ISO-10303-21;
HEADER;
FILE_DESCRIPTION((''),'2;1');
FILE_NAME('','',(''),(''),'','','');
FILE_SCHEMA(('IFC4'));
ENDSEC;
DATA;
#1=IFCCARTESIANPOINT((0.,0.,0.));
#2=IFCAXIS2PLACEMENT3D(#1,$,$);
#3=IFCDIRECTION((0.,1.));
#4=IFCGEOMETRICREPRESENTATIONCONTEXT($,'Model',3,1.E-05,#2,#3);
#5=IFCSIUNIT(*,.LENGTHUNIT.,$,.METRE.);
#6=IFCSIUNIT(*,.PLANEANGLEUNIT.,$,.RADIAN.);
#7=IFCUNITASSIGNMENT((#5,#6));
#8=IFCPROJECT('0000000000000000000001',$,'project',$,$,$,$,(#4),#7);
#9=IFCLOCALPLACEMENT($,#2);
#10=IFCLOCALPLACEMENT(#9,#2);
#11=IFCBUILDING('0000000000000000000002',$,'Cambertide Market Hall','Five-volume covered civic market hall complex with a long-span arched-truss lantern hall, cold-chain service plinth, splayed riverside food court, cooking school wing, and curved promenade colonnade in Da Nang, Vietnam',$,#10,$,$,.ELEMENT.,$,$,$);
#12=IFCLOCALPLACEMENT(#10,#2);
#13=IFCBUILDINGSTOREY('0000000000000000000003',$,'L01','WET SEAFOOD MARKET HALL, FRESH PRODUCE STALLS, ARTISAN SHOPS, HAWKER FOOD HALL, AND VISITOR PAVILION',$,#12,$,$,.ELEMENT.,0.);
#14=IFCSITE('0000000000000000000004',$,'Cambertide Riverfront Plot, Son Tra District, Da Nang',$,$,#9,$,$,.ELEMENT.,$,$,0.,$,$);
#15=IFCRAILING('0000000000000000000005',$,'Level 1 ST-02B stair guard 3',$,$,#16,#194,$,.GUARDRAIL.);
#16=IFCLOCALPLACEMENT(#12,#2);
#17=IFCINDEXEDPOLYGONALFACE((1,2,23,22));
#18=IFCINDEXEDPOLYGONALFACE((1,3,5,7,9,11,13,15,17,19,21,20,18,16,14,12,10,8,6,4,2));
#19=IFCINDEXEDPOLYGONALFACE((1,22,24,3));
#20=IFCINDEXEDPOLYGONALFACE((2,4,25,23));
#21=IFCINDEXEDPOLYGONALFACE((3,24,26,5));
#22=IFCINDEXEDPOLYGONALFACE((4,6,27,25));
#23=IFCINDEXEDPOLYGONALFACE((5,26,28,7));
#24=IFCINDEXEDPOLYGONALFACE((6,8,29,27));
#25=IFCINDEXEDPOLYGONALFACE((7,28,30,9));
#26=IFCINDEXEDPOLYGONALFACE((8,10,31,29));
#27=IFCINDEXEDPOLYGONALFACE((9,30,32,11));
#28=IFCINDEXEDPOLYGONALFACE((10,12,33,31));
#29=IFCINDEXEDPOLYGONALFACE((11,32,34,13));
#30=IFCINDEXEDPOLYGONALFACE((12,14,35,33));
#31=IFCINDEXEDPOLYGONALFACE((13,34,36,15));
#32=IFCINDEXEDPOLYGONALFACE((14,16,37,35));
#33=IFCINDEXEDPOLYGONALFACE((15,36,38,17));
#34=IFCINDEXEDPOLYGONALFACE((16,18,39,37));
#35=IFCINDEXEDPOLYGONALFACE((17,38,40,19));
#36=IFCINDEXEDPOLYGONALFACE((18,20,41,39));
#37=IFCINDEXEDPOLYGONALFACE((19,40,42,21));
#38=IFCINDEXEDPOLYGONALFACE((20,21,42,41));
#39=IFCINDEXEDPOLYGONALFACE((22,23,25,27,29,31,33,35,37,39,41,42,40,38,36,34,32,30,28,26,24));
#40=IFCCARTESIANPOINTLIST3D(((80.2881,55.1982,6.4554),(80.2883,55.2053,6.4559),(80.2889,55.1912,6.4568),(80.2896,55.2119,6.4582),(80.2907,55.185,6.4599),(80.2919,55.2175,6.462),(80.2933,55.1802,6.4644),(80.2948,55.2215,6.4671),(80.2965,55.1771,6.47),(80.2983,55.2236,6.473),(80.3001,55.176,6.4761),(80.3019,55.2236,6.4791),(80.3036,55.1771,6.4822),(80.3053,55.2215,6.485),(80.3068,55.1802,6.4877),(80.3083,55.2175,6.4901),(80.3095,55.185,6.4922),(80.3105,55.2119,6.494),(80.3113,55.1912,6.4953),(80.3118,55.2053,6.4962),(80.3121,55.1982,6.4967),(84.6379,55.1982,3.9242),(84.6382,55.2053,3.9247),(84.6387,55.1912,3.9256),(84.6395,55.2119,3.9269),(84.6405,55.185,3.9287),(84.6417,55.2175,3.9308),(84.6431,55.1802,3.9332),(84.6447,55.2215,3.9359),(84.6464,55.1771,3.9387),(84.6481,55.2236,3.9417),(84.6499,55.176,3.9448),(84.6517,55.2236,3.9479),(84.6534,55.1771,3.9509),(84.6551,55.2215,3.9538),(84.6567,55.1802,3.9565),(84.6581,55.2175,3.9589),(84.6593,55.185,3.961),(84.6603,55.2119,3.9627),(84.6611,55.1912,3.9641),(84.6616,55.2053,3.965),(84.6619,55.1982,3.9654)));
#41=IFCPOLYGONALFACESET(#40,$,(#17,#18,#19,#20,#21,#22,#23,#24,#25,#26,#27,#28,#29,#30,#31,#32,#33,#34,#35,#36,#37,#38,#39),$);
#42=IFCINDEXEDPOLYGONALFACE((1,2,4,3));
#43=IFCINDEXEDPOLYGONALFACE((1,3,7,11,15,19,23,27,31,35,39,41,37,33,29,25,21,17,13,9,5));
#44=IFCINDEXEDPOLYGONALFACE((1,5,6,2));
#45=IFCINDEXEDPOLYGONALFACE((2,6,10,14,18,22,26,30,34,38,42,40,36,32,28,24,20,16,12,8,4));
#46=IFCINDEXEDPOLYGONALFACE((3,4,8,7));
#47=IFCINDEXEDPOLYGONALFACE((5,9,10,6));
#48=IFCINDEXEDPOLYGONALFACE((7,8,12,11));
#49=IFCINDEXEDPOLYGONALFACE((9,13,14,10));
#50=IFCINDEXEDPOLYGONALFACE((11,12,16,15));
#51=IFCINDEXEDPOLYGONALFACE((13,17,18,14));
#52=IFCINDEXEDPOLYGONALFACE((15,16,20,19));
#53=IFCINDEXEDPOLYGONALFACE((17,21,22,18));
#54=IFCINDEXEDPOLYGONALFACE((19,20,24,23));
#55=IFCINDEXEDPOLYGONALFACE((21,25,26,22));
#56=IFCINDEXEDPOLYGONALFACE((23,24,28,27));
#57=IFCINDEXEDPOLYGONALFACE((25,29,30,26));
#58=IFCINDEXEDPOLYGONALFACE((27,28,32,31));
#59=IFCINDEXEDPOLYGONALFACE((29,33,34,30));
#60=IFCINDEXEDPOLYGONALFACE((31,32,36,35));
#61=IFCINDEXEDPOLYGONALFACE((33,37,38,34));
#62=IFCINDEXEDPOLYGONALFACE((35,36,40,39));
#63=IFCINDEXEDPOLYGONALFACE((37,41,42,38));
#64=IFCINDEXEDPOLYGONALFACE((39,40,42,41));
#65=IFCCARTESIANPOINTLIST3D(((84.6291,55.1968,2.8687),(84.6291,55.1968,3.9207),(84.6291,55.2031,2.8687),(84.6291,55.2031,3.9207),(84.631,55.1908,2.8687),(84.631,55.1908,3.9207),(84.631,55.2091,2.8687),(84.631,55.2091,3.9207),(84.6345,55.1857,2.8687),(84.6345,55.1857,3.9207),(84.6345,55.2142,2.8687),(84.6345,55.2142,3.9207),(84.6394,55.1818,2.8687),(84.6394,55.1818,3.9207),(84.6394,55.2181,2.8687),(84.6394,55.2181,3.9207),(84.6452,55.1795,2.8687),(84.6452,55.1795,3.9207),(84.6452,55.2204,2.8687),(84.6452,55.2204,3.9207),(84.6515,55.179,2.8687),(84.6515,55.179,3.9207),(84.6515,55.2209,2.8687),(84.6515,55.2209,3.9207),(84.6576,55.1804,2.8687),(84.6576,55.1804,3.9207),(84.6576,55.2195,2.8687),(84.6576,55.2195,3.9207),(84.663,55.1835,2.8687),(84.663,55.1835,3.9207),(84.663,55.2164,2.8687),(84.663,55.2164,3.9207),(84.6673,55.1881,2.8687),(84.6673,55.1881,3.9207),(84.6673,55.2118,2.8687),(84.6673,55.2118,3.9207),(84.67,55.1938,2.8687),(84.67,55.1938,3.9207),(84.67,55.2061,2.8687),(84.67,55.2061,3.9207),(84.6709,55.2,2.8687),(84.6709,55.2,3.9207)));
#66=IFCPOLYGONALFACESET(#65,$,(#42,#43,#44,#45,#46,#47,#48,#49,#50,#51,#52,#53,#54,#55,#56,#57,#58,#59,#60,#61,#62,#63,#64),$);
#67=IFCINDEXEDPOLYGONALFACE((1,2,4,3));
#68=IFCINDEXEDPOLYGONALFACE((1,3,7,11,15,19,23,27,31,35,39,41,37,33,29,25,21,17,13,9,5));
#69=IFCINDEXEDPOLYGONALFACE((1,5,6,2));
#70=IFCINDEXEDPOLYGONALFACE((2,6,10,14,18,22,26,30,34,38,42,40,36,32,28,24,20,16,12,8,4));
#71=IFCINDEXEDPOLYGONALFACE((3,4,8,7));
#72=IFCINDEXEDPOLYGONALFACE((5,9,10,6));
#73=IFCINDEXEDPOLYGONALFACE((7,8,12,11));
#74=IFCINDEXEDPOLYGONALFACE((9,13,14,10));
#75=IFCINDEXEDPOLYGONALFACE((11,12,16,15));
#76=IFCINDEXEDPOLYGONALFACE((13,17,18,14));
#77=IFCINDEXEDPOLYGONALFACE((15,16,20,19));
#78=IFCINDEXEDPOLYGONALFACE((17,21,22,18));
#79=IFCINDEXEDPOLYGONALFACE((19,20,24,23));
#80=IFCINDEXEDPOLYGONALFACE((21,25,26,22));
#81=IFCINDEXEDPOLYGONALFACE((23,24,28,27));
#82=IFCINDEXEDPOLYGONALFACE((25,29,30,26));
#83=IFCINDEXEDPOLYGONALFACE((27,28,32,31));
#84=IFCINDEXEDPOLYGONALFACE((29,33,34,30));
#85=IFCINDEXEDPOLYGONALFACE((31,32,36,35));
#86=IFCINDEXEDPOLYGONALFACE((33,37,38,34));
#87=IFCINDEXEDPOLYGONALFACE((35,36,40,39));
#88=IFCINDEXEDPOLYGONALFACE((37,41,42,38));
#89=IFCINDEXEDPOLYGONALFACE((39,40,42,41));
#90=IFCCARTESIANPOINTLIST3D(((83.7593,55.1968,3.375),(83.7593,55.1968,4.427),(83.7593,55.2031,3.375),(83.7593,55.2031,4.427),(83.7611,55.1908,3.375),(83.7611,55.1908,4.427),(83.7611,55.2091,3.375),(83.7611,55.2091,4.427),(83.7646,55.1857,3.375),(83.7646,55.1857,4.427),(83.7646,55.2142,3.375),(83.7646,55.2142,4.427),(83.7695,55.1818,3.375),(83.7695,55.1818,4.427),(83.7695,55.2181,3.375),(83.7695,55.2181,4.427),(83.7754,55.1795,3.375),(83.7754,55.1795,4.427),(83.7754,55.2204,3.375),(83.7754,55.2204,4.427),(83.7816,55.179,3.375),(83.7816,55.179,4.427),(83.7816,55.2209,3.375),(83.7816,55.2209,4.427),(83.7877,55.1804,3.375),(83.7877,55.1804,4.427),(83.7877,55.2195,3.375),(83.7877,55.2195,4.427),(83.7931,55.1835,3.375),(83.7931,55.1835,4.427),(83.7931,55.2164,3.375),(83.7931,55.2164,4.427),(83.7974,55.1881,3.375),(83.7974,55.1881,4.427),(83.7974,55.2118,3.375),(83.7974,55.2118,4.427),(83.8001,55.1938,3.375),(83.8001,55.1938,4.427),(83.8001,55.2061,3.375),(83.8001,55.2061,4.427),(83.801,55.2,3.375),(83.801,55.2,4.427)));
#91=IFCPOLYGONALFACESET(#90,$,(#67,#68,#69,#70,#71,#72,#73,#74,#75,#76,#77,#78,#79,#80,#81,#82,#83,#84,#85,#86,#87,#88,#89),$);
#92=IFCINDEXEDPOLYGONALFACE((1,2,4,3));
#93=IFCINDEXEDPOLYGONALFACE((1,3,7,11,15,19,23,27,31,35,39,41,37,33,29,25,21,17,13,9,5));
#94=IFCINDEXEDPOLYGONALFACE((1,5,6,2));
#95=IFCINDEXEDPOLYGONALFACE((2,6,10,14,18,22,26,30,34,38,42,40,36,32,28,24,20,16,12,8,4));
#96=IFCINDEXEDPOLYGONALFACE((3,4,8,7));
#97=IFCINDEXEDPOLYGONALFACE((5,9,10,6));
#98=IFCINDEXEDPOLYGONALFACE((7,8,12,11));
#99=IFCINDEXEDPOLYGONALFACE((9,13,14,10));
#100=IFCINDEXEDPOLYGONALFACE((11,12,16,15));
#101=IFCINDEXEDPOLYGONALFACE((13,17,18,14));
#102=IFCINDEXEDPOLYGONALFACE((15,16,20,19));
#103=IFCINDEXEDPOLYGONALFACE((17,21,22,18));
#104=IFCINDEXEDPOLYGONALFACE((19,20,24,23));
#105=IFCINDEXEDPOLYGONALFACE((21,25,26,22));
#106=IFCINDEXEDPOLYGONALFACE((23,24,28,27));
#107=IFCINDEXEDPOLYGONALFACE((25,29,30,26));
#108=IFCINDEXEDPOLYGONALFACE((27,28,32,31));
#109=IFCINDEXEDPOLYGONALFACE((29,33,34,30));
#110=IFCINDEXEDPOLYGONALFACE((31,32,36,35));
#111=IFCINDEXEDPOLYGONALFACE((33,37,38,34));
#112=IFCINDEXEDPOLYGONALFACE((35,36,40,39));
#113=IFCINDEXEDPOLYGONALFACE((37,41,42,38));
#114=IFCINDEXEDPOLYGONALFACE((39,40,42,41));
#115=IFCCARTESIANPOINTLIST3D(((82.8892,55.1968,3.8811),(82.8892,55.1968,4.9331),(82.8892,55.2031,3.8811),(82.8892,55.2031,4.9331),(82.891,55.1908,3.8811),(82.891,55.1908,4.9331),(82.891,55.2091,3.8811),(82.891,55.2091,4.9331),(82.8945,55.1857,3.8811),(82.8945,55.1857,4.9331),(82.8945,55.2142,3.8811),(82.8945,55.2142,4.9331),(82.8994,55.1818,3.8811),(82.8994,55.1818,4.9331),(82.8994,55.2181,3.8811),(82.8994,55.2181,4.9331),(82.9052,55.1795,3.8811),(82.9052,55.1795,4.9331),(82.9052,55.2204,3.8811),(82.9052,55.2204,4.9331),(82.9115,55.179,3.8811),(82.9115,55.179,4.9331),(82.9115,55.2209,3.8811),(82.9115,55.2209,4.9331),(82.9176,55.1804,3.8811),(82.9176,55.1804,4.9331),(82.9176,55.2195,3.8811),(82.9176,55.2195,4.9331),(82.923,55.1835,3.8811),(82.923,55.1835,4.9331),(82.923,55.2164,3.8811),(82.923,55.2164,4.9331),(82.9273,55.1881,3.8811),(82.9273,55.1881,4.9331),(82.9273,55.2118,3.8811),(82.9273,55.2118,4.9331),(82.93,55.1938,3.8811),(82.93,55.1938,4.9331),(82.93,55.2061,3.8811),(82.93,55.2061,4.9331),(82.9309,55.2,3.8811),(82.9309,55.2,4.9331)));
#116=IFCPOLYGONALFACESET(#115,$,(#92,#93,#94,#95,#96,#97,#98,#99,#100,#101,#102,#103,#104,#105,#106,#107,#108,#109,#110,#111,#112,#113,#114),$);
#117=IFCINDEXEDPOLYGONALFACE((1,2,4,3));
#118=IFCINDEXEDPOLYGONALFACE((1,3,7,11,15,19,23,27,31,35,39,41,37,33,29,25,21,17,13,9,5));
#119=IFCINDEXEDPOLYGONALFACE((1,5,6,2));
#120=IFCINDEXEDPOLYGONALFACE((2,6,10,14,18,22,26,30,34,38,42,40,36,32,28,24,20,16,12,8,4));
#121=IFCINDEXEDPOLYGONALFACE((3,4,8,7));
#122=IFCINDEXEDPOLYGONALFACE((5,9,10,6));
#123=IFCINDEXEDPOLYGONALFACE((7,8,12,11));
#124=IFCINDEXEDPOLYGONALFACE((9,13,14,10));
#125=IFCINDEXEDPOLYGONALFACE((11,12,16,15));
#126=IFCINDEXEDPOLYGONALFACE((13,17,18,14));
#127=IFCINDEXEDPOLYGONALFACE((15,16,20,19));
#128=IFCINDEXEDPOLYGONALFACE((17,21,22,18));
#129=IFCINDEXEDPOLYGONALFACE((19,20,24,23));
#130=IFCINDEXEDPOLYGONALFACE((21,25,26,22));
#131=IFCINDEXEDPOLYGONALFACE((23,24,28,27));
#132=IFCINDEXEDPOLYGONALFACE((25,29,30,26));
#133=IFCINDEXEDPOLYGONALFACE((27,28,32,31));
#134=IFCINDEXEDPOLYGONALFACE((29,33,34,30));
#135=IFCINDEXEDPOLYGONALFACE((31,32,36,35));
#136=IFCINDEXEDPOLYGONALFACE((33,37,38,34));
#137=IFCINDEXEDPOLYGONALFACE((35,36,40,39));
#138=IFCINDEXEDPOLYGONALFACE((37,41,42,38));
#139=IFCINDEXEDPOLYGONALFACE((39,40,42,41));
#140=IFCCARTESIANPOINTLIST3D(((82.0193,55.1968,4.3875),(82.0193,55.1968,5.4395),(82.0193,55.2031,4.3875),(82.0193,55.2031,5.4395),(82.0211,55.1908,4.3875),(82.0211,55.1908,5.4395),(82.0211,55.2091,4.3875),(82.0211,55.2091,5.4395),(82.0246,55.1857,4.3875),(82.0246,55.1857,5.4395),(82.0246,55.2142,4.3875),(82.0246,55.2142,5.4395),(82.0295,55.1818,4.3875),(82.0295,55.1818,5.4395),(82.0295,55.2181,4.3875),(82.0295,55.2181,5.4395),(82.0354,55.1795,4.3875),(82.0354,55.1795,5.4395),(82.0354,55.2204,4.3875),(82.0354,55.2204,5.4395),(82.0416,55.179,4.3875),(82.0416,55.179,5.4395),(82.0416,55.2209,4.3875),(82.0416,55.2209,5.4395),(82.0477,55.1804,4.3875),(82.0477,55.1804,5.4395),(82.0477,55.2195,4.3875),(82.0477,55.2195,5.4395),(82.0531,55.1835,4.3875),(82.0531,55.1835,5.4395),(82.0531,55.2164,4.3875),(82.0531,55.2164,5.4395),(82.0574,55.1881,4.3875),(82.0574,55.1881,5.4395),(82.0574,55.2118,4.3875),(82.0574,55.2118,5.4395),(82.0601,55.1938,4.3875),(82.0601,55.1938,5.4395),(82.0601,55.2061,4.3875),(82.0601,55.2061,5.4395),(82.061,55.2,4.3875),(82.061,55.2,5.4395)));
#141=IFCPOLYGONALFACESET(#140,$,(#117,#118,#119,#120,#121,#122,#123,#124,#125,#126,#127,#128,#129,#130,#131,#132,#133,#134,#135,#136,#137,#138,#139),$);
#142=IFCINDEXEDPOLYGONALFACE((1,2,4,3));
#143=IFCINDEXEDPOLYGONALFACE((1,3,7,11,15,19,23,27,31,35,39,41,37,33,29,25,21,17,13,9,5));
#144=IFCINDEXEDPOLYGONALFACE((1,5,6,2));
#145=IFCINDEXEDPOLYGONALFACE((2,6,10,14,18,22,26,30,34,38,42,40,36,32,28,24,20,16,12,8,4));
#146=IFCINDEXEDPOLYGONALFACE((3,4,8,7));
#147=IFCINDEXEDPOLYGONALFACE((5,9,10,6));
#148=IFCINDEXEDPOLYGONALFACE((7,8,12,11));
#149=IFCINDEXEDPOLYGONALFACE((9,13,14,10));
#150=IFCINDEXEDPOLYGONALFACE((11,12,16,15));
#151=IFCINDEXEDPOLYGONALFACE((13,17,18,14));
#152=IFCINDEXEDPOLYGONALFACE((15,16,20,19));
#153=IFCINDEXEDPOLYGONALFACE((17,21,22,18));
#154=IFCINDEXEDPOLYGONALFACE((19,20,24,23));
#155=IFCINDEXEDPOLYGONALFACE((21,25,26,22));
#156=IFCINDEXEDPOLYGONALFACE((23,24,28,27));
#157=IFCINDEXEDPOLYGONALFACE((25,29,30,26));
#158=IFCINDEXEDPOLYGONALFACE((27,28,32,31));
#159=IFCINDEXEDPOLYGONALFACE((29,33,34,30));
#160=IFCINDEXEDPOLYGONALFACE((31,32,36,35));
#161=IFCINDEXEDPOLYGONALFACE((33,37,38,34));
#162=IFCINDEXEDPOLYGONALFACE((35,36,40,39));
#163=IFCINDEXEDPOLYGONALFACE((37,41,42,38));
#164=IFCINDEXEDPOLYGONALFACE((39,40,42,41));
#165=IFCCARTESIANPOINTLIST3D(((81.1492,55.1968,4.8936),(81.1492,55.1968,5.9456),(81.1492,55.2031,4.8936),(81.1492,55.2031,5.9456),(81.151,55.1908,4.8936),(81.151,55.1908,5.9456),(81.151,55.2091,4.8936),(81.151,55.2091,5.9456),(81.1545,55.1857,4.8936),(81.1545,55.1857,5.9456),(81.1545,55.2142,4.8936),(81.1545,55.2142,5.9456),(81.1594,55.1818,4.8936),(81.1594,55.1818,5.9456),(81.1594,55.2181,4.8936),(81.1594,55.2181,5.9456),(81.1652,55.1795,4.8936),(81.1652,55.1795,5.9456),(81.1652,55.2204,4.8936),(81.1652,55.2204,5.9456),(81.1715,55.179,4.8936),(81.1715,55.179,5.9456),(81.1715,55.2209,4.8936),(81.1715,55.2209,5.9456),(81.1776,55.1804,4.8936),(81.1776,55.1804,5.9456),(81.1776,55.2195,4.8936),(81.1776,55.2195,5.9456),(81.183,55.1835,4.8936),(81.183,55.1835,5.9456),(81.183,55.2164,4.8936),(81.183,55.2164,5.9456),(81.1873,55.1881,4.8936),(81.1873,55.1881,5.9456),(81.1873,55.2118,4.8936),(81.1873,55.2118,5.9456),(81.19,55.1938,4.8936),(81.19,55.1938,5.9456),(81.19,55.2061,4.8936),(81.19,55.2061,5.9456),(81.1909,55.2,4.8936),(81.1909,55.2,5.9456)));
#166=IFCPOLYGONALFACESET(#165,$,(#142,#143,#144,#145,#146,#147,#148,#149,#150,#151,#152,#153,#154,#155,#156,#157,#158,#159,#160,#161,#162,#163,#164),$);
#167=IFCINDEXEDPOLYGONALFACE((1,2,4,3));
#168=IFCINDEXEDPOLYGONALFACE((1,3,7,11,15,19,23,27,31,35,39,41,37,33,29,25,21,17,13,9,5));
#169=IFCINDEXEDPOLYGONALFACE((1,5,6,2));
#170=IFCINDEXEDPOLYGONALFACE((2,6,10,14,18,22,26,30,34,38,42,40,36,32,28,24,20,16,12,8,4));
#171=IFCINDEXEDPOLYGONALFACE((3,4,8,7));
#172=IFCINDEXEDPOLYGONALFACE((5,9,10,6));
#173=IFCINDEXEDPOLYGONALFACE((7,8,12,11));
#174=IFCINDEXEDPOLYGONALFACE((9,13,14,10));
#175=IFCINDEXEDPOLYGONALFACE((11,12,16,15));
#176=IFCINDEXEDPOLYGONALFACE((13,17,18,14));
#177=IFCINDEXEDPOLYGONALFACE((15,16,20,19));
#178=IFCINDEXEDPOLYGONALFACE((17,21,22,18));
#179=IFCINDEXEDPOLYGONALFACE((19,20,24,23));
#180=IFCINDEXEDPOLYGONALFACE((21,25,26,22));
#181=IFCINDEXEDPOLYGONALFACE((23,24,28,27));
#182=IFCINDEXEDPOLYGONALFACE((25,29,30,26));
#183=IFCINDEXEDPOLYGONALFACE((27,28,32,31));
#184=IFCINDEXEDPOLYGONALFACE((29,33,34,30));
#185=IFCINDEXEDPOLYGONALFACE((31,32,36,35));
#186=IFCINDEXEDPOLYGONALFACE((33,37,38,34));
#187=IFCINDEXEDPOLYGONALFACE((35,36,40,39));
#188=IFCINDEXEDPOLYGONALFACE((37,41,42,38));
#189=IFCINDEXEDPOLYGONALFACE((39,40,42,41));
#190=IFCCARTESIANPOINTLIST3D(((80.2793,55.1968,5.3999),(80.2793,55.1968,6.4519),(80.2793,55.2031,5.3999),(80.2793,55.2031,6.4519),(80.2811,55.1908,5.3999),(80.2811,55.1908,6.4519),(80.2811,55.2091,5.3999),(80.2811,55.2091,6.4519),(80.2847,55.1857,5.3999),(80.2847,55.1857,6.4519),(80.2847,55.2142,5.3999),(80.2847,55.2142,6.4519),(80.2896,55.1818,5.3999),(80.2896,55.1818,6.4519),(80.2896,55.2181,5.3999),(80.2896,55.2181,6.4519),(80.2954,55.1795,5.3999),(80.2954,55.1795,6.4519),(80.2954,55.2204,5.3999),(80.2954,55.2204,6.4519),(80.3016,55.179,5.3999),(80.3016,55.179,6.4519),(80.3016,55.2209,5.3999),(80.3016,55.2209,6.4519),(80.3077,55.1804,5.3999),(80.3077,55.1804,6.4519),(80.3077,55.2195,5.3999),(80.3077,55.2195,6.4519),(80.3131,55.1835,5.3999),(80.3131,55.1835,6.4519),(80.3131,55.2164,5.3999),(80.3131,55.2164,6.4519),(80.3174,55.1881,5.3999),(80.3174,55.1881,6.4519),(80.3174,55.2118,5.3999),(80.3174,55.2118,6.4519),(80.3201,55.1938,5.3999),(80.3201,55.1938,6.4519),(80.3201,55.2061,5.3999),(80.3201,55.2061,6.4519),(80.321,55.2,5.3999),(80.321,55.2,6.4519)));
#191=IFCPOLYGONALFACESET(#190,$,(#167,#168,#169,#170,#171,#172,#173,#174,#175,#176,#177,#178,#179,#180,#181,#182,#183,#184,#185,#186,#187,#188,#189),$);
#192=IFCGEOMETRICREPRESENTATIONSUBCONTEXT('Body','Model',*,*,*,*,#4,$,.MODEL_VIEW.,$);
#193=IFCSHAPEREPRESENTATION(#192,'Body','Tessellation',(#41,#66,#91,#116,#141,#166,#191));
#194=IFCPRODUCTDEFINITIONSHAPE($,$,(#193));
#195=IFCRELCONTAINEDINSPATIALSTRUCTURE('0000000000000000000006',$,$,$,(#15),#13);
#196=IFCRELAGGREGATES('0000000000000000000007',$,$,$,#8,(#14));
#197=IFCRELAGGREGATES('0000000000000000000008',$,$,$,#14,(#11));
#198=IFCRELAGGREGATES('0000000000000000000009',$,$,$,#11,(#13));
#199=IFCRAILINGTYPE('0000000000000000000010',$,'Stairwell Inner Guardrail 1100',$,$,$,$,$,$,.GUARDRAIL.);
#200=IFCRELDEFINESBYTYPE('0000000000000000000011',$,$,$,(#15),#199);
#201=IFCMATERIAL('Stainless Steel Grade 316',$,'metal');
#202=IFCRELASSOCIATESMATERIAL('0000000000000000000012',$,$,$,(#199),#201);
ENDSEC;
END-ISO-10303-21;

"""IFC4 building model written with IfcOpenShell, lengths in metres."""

from ifc_helpers import new_model, si_unit, direction, frame, origin, origin_2d, place, context, subcontext, project, spatial, circle, extrude, material, type_object, element, save


model = new_model("IFC4")

# Units and contexts
model_context = context("Model", 3, precision=1e-05, world=origin(), true_north=direction((0.0, 1.0)))
body_context = subcontext(model_context, "Body", "Model", "MODEL_VIEW")
ifc_project = project(units=[si_unit("LENGTHUNIT", "METRE"), si_unit("PLANEANGLEUNIT", "RADIAN")], contexts=[model_context])

# Site, building, storey
site_placement = place(None, origin())
site = spatial("IfcSite", under=ifc_project, at=site_placement, Name="Cambertide Riverfront Plot, Son Tra District, Da Nang", CompositionType="ELEMENT", RefElevation=0.0)
building_placement = place(site_placement, origin())
building = spatial("IfcBuilding", under=site, at=building_placement, Name="Cambertide Market Hall", Description="Five-volume covered civic market hall complex with a long-span arched-truss lantern hall, cold-chain service plinth, splayed riverside food court, cooking school wing, and curved promenade colonnade in Da Nang, Vietnam", CompositionType="ELEMENT")
storey_placement = place(building_placement, origin())
storey = spatial("IfcBuildingStorey", under=building, at=storey_placement, Name="L01", Description="WET SEAFOOD MARKET HALL, FRESH PRODUCE STALLS, ARTISAN SHOPS, HAWKER FOOD HALL, AND VISITOR PAVILION", CompositionType="ELEMENT", Elevation=0.0)

# Railing
ifc_material_1 = material(Name="Stainless Steel Grade 316", Category="metal")
railing_type_1 = type_object("IfcRailingType", Name="Stairwell Inner Guardrail 1100", PredefinedType="GUARDRAIL", material=ifc_material_1)
railing_1_placement = place(storey_placement, frame((84.6499, 55.2, 2.8687)))
element("IfcRailing", 1, at=railing_1_placement, inside=storey, type_object=railing_type_1, Name="Level 1 ST-02B stair guard 3", PredefinedType="GUARDRAIL", context=body_context, shape_type="SweptSolid", body=[
    extrude(circle(Radius=0.0239, at=origin_2d()), frame((0.0, 0.0, 1.0762), z_axis=(-0.864312, 0.0, 0.502957), x_axis=(0.0, -1.0, 0.0)), (0.0, 0.0, 1.0), 5.0327),
    extrude(circle(Radius=0.021, at=origin_2d()), origin(), (0.0, 0.0, 1.0), 1.052),
    extrude(circle(Radius=0.021, at=origin_2d()), frame((-0.8699, 0.0, 0.5063)), (0.0, 0.0, 1.0), 1.052),
    extrude(circle(Radius=0.021, at=origin_2d()), frame((-1.74, 0.0, 1.0125)), (0.0, 0.0, 1.0), 1.052),
    extrude(circle(Radius=0.021, at=origin_2d()), frame((-2.6099, 0.0, 1.5188)), (0.0, 0.0, 1.0), 1.052),
    extrude(circle(Radius=0.021, at=origin_2d()), frame((-3.48, 0.0, 2.0249)), (0.0, 0.0, 1.0), 1.052),
    extrude(circle(Radius=0.021, at=origin_2d()), frame((-4.3499, 0.0, 2.5312)), (0.0, 0.0, 1.0), 1.052),
])

save(model, "model.ifc")
